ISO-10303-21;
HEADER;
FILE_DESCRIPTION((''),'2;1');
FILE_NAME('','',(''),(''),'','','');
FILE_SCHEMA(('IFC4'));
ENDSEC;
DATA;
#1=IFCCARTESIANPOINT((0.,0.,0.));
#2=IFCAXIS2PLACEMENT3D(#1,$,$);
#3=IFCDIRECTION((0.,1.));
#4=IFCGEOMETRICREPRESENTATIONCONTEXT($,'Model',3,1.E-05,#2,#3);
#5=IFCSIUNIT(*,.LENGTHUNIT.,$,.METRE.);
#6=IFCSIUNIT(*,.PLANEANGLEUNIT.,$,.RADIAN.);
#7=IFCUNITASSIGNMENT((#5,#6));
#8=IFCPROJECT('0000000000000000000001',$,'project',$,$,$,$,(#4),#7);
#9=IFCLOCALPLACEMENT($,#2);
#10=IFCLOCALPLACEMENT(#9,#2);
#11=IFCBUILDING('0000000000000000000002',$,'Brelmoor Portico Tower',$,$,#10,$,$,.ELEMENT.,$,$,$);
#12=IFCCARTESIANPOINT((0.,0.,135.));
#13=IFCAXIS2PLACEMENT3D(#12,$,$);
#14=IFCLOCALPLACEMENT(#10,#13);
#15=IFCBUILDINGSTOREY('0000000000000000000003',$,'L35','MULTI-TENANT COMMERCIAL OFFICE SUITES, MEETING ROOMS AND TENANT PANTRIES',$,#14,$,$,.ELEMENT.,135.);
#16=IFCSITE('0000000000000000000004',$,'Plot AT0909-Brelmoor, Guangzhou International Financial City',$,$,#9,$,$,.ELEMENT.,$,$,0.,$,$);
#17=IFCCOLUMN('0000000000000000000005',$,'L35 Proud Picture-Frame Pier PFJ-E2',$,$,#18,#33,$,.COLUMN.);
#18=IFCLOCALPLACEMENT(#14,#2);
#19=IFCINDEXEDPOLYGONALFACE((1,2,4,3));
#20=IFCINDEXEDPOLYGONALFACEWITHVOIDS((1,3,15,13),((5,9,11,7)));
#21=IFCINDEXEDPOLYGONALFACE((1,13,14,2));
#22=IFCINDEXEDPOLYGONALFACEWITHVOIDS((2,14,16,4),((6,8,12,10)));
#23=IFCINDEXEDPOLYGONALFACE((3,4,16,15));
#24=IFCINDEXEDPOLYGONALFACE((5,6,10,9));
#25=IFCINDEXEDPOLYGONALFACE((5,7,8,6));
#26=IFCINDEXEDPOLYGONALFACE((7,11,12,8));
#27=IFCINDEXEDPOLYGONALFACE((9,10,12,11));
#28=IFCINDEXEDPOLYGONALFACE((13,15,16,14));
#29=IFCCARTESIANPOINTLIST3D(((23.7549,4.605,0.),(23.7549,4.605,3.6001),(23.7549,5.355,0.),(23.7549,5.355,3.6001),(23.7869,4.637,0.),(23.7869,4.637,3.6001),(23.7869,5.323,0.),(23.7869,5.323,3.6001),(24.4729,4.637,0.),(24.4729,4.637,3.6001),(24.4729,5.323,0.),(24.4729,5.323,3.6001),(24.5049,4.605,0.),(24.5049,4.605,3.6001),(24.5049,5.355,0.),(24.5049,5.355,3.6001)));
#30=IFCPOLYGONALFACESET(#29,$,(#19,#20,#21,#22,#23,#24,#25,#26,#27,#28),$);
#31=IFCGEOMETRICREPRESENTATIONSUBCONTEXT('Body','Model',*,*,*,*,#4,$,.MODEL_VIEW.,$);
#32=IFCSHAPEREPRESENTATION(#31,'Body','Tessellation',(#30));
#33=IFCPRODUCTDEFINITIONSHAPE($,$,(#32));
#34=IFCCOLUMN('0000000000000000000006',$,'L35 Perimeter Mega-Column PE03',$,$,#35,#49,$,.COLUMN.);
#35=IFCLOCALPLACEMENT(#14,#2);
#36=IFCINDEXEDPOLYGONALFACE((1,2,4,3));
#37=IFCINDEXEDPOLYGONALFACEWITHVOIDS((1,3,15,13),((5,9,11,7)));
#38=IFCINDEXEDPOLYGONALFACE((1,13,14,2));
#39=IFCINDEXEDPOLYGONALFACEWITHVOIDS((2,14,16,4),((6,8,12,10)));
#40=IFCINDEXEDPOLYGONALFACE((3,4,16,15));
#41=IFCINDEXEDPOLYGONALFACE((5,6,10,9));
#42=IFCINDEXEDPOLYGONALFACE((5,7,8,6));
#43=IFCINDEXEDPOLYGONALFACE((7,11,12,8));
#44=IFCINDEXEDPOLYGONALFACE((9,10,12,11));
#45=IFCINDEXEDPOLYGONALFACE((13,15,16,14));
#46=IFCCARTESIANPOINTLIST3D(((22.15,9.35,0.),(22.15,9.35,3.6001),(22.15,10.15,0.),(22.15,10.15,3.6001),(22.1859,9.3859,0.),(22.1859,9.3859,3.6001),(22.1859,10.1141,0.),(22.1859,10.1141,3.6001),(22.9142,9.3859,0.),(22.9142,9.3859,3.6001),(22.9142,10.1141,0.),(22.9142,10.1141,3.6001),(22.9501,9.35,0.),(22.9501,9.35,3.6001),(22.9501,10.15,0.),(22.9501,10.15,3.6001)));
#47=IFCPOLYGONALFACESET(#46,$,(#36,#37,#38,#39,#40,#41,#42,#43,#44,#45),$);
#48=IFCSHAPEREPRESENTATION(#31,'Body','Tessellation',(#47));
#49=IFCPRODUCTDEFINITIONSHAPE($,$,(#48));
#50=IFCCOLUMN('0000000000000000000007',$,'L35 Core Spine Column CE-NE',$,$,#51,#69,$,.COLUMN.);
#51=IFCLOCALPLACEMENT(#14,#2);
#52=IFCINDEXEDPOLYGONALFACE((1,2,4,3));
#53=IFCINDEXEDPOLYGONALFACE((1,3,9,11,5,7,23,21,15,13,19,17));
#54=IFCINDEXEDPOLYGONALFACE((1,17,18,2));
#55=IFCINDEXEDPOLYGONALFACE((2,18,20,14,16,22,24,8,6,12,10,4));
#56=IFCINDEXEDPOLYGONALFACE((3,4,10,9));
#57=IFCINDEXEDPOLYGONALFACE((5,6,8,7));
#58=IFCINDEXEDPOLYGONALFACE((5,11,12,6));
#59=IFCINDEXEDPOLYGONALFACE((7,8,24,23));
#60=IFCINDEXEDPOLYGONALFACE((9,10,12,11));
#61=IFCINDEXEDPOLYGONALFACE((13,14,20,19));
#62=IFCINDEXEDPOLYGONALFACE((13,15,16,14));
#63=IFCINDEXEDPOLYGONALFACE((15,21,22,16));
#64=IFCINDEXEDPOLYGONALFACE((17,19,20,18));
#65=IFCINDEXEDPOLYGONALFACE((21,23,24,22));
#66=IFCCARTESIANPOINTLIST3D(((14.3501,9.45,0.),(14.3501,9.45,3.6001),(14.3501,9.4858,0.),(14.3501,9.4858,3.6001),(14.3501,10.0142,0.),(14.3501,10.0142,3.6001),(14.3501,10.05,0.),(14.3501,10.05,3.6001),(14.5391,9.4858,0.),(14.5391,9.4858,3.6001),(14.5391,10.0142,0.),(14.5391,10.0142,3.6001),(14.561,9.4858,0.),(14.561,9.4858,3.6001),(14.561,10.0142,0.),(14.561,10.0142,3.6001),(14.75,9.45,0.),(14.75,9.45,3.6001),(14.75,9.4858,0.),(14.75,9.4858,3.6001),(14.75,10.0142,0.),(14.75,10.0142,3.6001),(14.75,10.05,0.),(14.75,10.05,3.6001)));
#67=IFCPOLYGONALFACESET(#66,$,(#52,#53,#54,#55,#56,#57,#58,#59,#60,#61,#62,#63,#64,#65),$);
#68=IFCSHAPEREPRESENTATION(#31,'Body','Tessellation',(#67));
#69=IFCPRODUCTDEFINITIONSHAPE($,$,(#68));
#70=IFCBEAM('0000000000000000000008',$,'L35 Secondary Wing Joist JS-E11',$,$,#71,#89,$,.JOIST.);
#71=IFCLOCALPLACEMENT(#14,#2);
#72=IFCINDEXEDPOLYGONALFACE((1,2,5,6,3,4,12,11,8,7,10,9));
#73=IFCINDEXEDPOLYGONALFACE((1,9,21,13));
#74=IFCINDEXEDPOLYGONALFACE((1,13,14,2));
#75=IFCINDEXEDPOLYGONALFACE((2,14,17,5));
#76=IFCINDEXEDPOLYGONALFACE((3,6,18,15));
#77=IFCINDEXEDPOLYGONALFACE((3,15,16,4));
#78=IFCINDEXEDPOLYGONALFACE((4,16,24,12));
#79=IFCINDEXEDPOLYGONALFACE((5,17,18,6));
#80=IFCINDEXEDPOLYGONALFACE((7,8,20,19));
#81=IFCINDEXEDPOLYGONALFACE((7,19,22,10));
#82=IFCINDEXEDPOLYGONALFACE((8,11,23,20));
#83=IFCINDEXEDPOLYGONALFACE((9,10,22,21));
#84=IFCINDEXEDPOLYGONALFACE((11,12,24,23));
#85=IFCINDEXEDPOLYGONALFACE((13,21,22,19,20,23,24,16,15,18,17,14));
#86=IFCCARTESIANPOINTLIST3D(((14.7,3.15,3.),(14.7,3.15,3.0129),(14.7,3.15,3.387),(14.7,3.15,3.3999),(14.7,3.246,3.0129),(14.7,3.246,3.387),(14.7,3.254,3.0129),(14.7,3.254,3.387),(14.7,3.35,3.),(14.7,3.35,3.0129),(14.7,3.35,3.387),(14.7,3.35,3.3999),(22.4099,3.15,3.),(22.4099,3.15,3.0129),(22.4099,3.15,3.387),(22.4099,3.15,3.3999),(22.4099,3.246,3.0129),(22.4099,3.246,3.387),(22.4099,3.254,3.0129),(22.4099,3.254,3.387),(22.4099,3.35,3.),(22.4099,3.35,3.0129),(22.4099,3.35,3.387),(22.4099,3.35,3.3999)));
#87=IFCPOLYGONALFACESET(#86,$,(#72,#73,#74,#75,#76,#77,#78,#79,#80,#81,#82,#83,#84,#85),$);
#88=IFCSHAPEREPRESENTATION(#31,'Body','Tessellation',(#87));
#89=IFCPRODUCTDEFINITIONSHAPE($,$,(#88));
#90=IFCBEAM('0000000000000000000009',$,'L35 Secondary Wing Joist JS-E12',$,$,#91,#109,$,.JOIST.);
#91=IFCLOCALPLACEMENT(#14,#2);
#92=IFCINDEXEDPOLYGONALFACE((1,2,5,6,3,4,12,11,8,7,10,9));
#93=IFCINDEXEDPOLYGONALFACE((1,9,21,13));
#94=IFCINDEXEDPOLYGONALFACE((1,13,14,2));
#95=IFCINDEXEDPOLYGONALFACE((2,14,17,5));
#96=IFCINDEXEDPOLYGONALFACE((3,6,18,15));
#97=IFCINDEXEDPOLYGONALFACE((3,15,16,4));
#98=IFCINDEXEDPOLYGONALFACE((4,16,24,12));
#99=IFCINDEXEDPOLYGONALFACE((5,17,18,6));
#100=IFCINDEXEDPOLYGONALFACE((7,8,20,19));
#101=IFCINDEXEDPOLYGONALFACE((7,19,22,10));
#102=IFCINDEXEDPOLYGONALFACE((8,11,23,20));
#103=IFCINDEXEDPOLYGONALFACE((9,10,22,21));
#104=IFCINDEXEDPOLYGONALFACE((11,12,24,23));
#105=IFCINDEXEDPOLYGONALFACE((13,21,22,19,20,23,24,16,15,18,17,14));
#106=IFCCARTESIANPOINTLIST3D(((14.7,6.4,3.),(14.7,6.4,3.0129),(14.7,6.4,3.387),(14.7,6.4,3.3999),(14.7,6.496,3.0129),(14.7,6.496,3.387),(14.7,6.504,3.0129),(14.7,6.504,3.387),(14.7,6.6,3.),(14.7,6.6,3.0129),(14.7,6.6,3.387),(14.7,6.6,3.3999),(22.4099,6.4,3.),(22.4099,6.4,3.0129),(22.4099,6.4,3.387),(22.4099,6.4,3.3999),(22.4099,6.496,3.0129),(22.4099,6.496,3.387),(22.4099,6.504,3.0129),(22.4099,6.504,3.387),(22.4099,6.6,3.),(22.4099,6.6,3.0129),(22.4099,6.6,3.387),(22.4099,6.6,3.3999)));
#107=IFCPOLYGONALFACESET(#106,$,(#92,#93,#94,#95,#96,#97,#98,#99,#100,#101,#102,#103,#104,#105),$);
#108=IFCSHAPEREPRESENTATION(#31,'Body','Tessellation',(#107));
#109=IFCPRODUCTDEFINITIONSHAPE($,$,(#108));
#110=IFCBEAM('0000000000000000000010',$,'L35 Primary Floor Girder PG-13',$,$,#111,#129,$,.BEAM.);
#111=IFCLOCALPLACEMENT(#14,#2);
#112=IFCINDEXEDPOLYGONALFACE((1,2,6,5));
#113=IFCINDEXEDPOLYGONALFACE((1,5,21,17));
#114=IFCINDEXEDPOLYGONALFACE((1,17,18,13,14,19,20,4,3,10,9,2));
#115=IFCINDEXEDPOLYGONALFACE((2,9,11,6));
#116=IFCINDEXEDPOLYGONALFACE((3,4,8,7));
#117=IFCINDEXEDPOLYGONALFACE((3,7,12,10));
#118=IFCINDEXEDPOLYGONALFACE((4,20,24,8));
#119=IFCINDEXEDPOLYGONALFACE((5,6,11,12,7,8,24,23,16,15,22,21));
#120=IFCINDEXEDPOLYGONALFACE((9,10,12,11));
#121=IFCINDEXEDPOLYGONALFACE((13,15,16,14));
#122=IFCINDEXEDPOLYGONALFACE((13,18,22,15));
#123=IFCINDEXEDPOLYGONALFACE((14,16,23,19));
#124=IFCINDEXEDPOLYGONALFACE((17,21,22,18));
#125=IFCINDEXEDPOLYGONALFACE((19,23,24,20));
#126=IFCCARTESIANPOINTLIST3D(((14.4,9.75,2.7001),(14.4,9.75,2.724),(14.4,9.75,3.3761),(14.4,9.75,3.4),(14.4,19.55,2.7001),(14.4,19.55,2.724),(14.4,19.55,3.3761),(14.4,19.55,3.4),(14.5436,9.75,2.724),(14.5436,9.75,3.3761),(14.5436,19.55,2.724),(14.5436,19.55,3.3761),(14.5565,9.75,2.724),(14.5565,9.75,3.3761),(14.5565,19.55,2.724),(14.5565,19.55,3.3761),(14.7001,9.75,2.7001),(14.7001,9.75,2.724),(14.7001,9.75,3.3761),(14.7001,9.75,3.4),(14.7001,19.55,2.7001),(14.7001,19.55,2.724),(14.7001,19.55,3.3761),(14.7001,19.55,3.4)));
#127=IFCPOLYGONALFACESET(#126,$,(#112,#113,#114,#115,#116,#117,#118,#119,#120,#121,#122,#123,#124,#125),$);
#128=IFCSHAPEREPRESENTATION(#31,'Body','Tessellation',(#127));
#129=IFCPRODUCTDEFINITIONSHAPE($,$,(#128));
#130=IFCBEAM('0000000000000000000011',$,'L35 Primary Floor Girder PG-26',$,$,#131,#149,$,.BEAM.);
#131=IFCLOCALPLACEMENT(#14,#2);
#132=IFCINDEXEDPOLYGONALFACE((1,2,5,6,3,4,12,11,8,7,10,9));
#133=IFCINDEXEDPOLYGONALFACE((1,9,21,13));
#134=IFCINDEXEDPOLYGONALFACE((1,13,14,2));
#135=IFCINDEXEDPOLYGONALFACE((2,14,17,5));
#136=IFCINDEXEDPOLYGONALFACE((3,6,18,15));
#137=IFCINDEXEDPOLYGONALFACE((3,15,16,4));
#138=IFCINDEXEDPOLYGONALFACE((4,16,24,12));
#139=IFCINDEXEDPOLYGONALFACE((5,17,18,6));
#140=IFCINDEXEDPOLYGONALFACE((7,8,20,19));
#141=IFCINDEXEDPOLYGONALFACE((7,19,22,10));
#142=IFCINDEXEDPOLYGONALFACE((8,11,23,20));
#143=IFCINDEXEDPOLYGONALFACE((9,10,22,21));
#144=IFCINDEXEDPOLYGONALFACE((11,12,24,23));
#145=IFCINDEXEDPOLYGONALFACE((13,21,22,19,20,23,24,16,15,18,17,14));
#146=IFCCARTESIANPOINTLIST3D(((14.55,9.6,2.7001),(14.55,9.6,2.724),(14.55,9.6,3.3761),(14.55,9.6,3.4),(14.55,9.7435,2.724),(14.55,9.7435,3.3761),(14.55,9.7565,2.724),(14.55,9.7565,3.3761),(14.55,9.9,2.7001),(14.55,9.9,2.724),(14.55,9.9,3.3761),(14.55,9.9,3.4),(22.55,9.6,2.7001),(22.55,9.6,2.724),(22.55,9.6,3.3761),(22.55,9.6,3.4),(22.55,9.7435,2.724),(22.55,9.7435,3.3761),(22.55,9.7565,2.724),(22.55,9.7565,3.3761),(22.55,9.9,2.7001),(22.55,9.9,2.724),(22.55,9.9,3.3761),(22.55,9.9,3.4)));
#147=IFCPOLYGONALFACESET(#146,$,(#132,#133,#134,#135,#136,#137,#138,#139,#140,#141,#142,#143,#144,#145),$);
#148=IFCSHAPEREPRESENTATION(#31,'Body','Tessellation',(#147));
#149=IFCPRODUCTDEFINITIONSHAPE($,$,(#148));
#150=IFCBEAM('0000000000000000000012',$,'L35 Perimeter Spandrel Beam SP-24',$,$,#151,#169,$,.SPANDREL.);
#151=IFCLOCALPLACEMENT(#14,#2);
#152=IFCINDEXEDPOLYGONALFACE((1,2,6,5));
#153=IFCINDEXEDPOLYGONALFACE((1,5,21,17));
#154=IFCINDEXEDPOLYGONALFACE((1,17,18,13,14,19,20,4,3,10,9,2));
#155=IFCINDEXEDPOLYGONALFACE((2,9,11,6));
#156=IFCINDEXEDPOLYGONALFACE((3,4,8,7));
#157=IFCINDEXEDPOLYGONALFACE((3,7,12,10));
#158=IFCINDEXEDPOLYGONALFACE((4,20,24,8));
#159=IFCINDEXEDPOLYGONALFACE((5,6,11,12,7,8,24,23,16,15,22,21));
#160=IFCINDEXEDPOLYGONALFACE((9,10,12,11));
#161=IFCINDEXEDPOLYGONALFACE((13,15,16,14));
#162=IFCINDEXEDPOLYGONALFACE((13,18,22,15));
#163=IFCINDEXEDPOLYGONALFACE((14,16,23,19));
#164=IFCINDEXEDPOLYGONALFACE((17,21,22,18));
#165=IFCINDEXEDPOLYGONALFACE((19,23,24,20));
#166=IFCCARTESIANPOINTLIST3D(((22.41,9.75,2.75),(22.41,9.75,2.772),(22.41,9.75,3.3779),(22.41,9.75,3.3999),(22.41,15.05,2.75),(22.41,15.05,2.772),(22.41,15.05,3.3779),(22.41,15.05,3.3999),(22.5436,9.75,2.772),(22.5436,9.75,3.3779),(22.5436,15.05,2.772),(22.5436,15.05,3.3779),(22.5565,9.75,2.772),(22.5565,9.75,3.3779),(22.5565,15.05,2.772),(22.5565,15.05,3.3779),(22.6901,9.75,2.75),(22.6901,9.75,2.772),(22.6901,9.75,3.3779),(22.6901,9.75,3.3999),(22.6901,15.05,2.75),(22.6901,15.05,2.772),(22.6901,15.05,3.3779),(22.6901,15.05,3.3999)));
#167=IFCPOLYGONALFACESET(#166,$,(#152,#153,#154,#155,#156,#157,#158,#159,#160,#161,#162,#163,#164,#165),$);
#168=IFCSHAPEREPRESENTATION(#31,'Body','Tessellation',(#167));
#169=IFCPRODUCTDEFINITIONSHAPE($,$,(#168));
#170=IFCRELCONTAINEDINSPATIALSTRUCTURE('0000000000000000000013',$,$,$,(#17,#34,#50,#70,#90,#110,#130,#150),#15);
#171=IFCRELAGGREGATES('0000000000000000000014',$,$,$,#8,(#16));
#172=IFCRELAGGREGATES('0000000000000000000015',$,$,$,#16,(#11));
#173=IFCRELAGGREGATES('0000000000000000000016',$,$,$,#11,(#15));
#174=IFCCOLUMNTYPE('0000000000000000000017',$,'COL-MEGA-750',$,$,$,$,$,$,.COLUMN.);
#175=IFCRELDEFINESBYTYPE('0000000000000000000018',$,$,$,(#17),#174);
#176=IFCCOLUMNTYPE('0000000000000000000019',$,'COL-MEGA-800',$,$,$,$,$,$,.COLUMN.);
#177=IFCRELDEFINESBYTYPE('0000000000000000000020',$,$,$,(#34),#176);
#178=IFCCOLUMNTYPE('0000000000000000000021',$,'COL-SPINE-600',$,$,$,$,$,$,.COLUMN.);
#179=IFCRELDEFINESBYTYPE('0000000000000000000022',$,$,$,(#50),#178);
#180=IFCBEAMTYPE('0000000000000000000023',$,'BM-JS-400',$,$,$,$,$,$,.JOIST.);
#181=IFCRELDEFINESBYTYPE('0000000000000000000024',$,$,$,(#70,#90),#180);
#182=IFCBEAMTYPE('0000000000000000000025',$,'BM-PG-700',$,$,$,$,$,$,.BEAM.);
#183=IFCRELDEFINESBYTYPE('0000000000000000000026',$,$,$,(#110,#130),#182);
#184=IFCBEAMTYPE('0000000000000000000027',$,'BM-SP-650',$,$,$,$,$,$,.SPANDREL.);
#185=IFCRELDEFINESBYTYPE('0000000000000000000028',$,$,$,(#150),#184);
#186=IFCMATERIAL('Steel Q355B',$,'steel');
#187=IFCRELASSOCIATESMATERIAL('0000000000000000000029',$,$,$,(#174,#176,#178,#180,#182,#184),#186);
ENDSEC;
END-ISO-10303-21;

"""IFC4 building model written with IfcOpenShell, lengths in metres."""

from ifc_helpers import new_model, si_unit, direction, frame, origin, origin_2d, place, context, subcontext, project, spatial, hollow_rectangle, i_section, extrude, material, material_profile, profile_set, type_object, element, save


model = new_model("IFC4")

# Units and contexts
model_context = context("Model", 3, precision=1e-05, world=origin(), true_north=direction((0.0, 1.0)))
body_context = subcontext(model_context, "Body", "Model", "MODEL_VIEW")
ifc_project = project(units=[si_unit("LENGTHUNIT", "METRE"), si_unit("PLANEANGLEUNIT", "RADIAN")], contexts=[model_context])

# Site, building, storey
site_placement = place(None, origin())
site = spatial("IfcSite", under=ifc_project, at=site_placement, Name="Plot AT0909-Brelmoor, Guangzhou International Financial City", CompositionType="ELEMENT", RefElevation=0.0)
building_placement = place(site_placement, origin())
building = spatial("IfcBuilding", under=site, at=building_placement, Name="Brelmoor Portico Tower", CompositionType="ELEMENT")
storey_placement = place(building_placement, frame((0.0, 0.0, 135.0)))
storey = spatial("IfcBuildingStorey", under=building, at=storey_placement, Name="L35", Description="MULTI-TENANT COMMERCIAL OFFICE SUITES, MEETING ROOMS AND TENANT PANTRIES", CompositionType="ELEMENT", Elevation=135.0)

# Columns
ifc_material_1 = material(Name="Steel Q355B", Category="steel")
ifc_material_profile_1 = material_profile(ifc_material_1, hollow_rectangle(XDim=0.75, YDim=0.75, WallThickness=0.032, at=origin_2d()), Name="BOX 750x750x32")
ifc_profile_set_1 = profile_set([ifc_material_profile_1], Name="Steel Q355B")
column_type_1 = type_object("IfcColumnType", Name="COL-MEGA-750", PredefinedType="COLUMN", material=ifc_profile_set_1)
column_1_placement = place(storey_placement, frame((24.1299, 4.98, 0.0), z_axis=(0.0, 0.0, 1.0), x_axis=(0.0, 1.0, 0.0)))
element("IfcColumn", 1, at=column_1_placement, inside=storey, type_object=column_type_1, Name="L35 Proud Picture-Frame Pier PFJ-E2", PredefinedType="COLUMN", context=body_context, shape_type="SweptSolid", body=[
    extrude(hollow_rectangle(XDim=0.75, YDim=0.75, WallThickness=0.032, at=origin_2d()), origin(), (0.0, 0.0, 1.0), 3.6001),
])
ifc_material_profile_2 = material_profile(ifc_material_1, hollow_rectangle(XDim=0.8, YDim=0.8, WallThickness=0.0359, at=origin_2d()), Name="BOX 800x800x36")
ifc_profile_set_2 = profile_set([ifc_material_profile_2], Name="Steel Q355B")
column_type_2 = type_object("IfcColumnType", Name="COL-MEGA-800", PredefinedType="COLUMN", material=ifc_profile_set_2)
column_2_placement = place(storey_placement, frame((22.55, 9.75, 0.0), z_axis=(0.0, 0.0, 1.0), x_axis=(0.0, 1.0, 0.0)))
element("IfcColumn", 2, at=column_2_placement, inside=storey, type_object=column_type_2, Name="L35 Perimeter Mega-Column PE03", PredefinedType="COLUMN", context=body_context, shape_type="SweptSolid", body=[
    extrude(hollow_rectangle(XDim=0.8, YDim=0.8, WallThickness=0.0359, at=origin_2d()), origin(), (0.0, 0.0, 1.0), 3.6001),
])
ifc_material_profile_3 = material_profile(ifc_material_1, i_section(OverallWidth=0.3999, OverallDepth=0.6001, WebThickness=0.022, FlangeThickness=0.0359, at=origin_2d()), Name="HW 600x400x22x36")
ifc_profile_set_3 = profile_set([ifc_material_profile_3], Name="Steel Q355B")
column_type_3 = type_object("IfcColumnType", Name="COL-SPINE-600", PredefinedType="COLUMN", material=ifc_profile_set_3)
column_3_placement = place(storey_placement, frame((14.55, 9.75, 0.0), z_axis=(0.0, 0.0, 1.0), x_axis=(1.0, 0.0, 0.0)))
element("IfcColumn", 3, at=column_3_placement, inside=storey, type_object=column_type_3, Name="L35 Core Spine Column CE-NE", PredefinedType="COLUMN", context=body_context, shape_type="SweptSolid", body=[
    extrude(i_section(OverallWidth=0.3999, OverallDepth=0.6001, WebThickness=0.022, FlangeThickness=0.0359, at=origin_2d()), origin(), (0.0, 0.0, 1.0), 3.6001),
])

# Beams
ifc_material_profile_4 = material_profile(ifc_material_1, i_section(OverallWidth=0.2, OverallDepth=0.3999, WebThickness=0.0081, FlangeThickness=0.0129, at=origin_2d()), Name="HN 400x200x8x13")
ifc_profile_set_4 = profile_set([ifc_material_profile_4], Name="Steel Q355B")
beam_type_1 = type_object("IfcBeamType", Name="BM-JS-400", PredefinedType="JOIST", material=ifc_profile_set_4)
for number, where, z_axis, x_axis, name in (
    (4, (14.7, 3.25, 3.2), (1.0, 0.0, 0.0), (0.0, 1.0, 0.0), "L35 Secondary Wing Joist JS-E11"),
    (5, (14.7, 6.5, 3.2), (1.0, 0.0, 0.0), (0.0, 1.0, 0.0), "L35 Secondary Wing Joist JS-E12"),
):
    element("IfcBeam", number, at=place(storey_placement, frame(where, z_axis=z_axis, x_axis=x_axis)), inside=storey, type_object=beam_type_1, Name=name, PredefinedType="JOIST", context=body_context, shape_type="SweptSolid", body=[
        extrude(i_section(OverallWidth=0.2, OverallDepth=0.3999, WebThickness=0.0081, FlangeThickness=0.0129, at=origin_2d()), origin(), (0.0, 0.0, 1.0), 7.71),
    ])
ifc_material_profile_5 = material_profile(ifc_material_1, i_section(OverallWidth=0.3, OverallDepth=0.7, WebThickness=0.0129, FlangeThickness=0.0239, at=origin_2d()), Name="HN 700x300x13x24")
ifc_profile_set_5 = profile_set([ifc_material_profile_5], Name="Steel Q355B")
beam_type_2 = type_object("IfcBeamType", Name="BM-PG-700", PredefinedType="BEAM", material=ifc_profile_set_5)
beam_1_placement = place(storey_placement, frame((14.55, 9.75, 3.05), z_axis=(0.0, 1.0, 0.0), x_axis=(-1.0, 0.0, 0.0)))
element("IfcBeam", 6, at=beam_1_placement, inside=storey, type_object=beam_type_2, Name="L35 Primary Floor Girder PG-13", PredefinedType="BEAM", context=body_context, shape_type="SweptSolid", body=[
    extrude(i_section(OverallWidth=0.3, OverallDepth=0.7, WebThickness=0.0129, FlangeThickness=0.0239, at=origin_2d()), origin(), (0.0, 0.0, 1.0), 9.8),
])
beam_2_placement = place(storey_placement, frame((14.55, 9.75, 3.05), z_axis=(1.0, 0.0, 0.0), x_axis=(0.0, 1.0, 0.0)))
element("IfcBeam", 7, at=beam_2_placement, inside=storey, type_object=beam_type_2, Name="L35 Primary Floor Girder PG-26", PredefinedType="BEAM", context=body_context, shape_type="SweptSolid", body=[
    extrude(i_section(OverallWidth=0.3, OverallDepth=0.7, WebThickness=0.0129, FlangeThickness=0.0239, at=origin_2d()), origin(), (0.0, 0.0, 1.0), 8.0),
])
ifc_material_profile_6 = material_profile(ifc_material_1, i_section(OverallWidth=0.28, OverallDepth=0.6499, WebThickness=0.0129, FlangeThickness=0.022, at=origin_2d()), Name="HN 650x280x13x22")
ifc_profile_set_6 = profile_set([ifc_material_profile_6], Name="Steel Q355B")
beam_type_3 = type_object("IfcBeamType", Name="BM-SP-650", PredefinedType="SPANDREL", material=ifc_profile_set_6)
beam_3_placement = place(storey_placement, frame((22.55, 9.75, 3.075), z_axis=(0.0, 1.0, 0.0), x_axis=(-1.0, 0.0, 0.0)))
element("IfcBeam", 8, at=beam_3_placement, inside=storey, type_object=beam_type_3, Name="L35 Perimeter Spandrel Beam SP-24", PredefinedType="SPANDREL", context=body_context, shape_type="SweptSolid", body=[
    extrude(i_section(OverallWidth=0.28, OverallDepth=0.6499, WebThickness=0.0129, FlangeThickness=0.022, at=origin_2d()), origin(), (0.0, 0.0, 1.0), 5.3),
])

save(model, "model.ifc")
